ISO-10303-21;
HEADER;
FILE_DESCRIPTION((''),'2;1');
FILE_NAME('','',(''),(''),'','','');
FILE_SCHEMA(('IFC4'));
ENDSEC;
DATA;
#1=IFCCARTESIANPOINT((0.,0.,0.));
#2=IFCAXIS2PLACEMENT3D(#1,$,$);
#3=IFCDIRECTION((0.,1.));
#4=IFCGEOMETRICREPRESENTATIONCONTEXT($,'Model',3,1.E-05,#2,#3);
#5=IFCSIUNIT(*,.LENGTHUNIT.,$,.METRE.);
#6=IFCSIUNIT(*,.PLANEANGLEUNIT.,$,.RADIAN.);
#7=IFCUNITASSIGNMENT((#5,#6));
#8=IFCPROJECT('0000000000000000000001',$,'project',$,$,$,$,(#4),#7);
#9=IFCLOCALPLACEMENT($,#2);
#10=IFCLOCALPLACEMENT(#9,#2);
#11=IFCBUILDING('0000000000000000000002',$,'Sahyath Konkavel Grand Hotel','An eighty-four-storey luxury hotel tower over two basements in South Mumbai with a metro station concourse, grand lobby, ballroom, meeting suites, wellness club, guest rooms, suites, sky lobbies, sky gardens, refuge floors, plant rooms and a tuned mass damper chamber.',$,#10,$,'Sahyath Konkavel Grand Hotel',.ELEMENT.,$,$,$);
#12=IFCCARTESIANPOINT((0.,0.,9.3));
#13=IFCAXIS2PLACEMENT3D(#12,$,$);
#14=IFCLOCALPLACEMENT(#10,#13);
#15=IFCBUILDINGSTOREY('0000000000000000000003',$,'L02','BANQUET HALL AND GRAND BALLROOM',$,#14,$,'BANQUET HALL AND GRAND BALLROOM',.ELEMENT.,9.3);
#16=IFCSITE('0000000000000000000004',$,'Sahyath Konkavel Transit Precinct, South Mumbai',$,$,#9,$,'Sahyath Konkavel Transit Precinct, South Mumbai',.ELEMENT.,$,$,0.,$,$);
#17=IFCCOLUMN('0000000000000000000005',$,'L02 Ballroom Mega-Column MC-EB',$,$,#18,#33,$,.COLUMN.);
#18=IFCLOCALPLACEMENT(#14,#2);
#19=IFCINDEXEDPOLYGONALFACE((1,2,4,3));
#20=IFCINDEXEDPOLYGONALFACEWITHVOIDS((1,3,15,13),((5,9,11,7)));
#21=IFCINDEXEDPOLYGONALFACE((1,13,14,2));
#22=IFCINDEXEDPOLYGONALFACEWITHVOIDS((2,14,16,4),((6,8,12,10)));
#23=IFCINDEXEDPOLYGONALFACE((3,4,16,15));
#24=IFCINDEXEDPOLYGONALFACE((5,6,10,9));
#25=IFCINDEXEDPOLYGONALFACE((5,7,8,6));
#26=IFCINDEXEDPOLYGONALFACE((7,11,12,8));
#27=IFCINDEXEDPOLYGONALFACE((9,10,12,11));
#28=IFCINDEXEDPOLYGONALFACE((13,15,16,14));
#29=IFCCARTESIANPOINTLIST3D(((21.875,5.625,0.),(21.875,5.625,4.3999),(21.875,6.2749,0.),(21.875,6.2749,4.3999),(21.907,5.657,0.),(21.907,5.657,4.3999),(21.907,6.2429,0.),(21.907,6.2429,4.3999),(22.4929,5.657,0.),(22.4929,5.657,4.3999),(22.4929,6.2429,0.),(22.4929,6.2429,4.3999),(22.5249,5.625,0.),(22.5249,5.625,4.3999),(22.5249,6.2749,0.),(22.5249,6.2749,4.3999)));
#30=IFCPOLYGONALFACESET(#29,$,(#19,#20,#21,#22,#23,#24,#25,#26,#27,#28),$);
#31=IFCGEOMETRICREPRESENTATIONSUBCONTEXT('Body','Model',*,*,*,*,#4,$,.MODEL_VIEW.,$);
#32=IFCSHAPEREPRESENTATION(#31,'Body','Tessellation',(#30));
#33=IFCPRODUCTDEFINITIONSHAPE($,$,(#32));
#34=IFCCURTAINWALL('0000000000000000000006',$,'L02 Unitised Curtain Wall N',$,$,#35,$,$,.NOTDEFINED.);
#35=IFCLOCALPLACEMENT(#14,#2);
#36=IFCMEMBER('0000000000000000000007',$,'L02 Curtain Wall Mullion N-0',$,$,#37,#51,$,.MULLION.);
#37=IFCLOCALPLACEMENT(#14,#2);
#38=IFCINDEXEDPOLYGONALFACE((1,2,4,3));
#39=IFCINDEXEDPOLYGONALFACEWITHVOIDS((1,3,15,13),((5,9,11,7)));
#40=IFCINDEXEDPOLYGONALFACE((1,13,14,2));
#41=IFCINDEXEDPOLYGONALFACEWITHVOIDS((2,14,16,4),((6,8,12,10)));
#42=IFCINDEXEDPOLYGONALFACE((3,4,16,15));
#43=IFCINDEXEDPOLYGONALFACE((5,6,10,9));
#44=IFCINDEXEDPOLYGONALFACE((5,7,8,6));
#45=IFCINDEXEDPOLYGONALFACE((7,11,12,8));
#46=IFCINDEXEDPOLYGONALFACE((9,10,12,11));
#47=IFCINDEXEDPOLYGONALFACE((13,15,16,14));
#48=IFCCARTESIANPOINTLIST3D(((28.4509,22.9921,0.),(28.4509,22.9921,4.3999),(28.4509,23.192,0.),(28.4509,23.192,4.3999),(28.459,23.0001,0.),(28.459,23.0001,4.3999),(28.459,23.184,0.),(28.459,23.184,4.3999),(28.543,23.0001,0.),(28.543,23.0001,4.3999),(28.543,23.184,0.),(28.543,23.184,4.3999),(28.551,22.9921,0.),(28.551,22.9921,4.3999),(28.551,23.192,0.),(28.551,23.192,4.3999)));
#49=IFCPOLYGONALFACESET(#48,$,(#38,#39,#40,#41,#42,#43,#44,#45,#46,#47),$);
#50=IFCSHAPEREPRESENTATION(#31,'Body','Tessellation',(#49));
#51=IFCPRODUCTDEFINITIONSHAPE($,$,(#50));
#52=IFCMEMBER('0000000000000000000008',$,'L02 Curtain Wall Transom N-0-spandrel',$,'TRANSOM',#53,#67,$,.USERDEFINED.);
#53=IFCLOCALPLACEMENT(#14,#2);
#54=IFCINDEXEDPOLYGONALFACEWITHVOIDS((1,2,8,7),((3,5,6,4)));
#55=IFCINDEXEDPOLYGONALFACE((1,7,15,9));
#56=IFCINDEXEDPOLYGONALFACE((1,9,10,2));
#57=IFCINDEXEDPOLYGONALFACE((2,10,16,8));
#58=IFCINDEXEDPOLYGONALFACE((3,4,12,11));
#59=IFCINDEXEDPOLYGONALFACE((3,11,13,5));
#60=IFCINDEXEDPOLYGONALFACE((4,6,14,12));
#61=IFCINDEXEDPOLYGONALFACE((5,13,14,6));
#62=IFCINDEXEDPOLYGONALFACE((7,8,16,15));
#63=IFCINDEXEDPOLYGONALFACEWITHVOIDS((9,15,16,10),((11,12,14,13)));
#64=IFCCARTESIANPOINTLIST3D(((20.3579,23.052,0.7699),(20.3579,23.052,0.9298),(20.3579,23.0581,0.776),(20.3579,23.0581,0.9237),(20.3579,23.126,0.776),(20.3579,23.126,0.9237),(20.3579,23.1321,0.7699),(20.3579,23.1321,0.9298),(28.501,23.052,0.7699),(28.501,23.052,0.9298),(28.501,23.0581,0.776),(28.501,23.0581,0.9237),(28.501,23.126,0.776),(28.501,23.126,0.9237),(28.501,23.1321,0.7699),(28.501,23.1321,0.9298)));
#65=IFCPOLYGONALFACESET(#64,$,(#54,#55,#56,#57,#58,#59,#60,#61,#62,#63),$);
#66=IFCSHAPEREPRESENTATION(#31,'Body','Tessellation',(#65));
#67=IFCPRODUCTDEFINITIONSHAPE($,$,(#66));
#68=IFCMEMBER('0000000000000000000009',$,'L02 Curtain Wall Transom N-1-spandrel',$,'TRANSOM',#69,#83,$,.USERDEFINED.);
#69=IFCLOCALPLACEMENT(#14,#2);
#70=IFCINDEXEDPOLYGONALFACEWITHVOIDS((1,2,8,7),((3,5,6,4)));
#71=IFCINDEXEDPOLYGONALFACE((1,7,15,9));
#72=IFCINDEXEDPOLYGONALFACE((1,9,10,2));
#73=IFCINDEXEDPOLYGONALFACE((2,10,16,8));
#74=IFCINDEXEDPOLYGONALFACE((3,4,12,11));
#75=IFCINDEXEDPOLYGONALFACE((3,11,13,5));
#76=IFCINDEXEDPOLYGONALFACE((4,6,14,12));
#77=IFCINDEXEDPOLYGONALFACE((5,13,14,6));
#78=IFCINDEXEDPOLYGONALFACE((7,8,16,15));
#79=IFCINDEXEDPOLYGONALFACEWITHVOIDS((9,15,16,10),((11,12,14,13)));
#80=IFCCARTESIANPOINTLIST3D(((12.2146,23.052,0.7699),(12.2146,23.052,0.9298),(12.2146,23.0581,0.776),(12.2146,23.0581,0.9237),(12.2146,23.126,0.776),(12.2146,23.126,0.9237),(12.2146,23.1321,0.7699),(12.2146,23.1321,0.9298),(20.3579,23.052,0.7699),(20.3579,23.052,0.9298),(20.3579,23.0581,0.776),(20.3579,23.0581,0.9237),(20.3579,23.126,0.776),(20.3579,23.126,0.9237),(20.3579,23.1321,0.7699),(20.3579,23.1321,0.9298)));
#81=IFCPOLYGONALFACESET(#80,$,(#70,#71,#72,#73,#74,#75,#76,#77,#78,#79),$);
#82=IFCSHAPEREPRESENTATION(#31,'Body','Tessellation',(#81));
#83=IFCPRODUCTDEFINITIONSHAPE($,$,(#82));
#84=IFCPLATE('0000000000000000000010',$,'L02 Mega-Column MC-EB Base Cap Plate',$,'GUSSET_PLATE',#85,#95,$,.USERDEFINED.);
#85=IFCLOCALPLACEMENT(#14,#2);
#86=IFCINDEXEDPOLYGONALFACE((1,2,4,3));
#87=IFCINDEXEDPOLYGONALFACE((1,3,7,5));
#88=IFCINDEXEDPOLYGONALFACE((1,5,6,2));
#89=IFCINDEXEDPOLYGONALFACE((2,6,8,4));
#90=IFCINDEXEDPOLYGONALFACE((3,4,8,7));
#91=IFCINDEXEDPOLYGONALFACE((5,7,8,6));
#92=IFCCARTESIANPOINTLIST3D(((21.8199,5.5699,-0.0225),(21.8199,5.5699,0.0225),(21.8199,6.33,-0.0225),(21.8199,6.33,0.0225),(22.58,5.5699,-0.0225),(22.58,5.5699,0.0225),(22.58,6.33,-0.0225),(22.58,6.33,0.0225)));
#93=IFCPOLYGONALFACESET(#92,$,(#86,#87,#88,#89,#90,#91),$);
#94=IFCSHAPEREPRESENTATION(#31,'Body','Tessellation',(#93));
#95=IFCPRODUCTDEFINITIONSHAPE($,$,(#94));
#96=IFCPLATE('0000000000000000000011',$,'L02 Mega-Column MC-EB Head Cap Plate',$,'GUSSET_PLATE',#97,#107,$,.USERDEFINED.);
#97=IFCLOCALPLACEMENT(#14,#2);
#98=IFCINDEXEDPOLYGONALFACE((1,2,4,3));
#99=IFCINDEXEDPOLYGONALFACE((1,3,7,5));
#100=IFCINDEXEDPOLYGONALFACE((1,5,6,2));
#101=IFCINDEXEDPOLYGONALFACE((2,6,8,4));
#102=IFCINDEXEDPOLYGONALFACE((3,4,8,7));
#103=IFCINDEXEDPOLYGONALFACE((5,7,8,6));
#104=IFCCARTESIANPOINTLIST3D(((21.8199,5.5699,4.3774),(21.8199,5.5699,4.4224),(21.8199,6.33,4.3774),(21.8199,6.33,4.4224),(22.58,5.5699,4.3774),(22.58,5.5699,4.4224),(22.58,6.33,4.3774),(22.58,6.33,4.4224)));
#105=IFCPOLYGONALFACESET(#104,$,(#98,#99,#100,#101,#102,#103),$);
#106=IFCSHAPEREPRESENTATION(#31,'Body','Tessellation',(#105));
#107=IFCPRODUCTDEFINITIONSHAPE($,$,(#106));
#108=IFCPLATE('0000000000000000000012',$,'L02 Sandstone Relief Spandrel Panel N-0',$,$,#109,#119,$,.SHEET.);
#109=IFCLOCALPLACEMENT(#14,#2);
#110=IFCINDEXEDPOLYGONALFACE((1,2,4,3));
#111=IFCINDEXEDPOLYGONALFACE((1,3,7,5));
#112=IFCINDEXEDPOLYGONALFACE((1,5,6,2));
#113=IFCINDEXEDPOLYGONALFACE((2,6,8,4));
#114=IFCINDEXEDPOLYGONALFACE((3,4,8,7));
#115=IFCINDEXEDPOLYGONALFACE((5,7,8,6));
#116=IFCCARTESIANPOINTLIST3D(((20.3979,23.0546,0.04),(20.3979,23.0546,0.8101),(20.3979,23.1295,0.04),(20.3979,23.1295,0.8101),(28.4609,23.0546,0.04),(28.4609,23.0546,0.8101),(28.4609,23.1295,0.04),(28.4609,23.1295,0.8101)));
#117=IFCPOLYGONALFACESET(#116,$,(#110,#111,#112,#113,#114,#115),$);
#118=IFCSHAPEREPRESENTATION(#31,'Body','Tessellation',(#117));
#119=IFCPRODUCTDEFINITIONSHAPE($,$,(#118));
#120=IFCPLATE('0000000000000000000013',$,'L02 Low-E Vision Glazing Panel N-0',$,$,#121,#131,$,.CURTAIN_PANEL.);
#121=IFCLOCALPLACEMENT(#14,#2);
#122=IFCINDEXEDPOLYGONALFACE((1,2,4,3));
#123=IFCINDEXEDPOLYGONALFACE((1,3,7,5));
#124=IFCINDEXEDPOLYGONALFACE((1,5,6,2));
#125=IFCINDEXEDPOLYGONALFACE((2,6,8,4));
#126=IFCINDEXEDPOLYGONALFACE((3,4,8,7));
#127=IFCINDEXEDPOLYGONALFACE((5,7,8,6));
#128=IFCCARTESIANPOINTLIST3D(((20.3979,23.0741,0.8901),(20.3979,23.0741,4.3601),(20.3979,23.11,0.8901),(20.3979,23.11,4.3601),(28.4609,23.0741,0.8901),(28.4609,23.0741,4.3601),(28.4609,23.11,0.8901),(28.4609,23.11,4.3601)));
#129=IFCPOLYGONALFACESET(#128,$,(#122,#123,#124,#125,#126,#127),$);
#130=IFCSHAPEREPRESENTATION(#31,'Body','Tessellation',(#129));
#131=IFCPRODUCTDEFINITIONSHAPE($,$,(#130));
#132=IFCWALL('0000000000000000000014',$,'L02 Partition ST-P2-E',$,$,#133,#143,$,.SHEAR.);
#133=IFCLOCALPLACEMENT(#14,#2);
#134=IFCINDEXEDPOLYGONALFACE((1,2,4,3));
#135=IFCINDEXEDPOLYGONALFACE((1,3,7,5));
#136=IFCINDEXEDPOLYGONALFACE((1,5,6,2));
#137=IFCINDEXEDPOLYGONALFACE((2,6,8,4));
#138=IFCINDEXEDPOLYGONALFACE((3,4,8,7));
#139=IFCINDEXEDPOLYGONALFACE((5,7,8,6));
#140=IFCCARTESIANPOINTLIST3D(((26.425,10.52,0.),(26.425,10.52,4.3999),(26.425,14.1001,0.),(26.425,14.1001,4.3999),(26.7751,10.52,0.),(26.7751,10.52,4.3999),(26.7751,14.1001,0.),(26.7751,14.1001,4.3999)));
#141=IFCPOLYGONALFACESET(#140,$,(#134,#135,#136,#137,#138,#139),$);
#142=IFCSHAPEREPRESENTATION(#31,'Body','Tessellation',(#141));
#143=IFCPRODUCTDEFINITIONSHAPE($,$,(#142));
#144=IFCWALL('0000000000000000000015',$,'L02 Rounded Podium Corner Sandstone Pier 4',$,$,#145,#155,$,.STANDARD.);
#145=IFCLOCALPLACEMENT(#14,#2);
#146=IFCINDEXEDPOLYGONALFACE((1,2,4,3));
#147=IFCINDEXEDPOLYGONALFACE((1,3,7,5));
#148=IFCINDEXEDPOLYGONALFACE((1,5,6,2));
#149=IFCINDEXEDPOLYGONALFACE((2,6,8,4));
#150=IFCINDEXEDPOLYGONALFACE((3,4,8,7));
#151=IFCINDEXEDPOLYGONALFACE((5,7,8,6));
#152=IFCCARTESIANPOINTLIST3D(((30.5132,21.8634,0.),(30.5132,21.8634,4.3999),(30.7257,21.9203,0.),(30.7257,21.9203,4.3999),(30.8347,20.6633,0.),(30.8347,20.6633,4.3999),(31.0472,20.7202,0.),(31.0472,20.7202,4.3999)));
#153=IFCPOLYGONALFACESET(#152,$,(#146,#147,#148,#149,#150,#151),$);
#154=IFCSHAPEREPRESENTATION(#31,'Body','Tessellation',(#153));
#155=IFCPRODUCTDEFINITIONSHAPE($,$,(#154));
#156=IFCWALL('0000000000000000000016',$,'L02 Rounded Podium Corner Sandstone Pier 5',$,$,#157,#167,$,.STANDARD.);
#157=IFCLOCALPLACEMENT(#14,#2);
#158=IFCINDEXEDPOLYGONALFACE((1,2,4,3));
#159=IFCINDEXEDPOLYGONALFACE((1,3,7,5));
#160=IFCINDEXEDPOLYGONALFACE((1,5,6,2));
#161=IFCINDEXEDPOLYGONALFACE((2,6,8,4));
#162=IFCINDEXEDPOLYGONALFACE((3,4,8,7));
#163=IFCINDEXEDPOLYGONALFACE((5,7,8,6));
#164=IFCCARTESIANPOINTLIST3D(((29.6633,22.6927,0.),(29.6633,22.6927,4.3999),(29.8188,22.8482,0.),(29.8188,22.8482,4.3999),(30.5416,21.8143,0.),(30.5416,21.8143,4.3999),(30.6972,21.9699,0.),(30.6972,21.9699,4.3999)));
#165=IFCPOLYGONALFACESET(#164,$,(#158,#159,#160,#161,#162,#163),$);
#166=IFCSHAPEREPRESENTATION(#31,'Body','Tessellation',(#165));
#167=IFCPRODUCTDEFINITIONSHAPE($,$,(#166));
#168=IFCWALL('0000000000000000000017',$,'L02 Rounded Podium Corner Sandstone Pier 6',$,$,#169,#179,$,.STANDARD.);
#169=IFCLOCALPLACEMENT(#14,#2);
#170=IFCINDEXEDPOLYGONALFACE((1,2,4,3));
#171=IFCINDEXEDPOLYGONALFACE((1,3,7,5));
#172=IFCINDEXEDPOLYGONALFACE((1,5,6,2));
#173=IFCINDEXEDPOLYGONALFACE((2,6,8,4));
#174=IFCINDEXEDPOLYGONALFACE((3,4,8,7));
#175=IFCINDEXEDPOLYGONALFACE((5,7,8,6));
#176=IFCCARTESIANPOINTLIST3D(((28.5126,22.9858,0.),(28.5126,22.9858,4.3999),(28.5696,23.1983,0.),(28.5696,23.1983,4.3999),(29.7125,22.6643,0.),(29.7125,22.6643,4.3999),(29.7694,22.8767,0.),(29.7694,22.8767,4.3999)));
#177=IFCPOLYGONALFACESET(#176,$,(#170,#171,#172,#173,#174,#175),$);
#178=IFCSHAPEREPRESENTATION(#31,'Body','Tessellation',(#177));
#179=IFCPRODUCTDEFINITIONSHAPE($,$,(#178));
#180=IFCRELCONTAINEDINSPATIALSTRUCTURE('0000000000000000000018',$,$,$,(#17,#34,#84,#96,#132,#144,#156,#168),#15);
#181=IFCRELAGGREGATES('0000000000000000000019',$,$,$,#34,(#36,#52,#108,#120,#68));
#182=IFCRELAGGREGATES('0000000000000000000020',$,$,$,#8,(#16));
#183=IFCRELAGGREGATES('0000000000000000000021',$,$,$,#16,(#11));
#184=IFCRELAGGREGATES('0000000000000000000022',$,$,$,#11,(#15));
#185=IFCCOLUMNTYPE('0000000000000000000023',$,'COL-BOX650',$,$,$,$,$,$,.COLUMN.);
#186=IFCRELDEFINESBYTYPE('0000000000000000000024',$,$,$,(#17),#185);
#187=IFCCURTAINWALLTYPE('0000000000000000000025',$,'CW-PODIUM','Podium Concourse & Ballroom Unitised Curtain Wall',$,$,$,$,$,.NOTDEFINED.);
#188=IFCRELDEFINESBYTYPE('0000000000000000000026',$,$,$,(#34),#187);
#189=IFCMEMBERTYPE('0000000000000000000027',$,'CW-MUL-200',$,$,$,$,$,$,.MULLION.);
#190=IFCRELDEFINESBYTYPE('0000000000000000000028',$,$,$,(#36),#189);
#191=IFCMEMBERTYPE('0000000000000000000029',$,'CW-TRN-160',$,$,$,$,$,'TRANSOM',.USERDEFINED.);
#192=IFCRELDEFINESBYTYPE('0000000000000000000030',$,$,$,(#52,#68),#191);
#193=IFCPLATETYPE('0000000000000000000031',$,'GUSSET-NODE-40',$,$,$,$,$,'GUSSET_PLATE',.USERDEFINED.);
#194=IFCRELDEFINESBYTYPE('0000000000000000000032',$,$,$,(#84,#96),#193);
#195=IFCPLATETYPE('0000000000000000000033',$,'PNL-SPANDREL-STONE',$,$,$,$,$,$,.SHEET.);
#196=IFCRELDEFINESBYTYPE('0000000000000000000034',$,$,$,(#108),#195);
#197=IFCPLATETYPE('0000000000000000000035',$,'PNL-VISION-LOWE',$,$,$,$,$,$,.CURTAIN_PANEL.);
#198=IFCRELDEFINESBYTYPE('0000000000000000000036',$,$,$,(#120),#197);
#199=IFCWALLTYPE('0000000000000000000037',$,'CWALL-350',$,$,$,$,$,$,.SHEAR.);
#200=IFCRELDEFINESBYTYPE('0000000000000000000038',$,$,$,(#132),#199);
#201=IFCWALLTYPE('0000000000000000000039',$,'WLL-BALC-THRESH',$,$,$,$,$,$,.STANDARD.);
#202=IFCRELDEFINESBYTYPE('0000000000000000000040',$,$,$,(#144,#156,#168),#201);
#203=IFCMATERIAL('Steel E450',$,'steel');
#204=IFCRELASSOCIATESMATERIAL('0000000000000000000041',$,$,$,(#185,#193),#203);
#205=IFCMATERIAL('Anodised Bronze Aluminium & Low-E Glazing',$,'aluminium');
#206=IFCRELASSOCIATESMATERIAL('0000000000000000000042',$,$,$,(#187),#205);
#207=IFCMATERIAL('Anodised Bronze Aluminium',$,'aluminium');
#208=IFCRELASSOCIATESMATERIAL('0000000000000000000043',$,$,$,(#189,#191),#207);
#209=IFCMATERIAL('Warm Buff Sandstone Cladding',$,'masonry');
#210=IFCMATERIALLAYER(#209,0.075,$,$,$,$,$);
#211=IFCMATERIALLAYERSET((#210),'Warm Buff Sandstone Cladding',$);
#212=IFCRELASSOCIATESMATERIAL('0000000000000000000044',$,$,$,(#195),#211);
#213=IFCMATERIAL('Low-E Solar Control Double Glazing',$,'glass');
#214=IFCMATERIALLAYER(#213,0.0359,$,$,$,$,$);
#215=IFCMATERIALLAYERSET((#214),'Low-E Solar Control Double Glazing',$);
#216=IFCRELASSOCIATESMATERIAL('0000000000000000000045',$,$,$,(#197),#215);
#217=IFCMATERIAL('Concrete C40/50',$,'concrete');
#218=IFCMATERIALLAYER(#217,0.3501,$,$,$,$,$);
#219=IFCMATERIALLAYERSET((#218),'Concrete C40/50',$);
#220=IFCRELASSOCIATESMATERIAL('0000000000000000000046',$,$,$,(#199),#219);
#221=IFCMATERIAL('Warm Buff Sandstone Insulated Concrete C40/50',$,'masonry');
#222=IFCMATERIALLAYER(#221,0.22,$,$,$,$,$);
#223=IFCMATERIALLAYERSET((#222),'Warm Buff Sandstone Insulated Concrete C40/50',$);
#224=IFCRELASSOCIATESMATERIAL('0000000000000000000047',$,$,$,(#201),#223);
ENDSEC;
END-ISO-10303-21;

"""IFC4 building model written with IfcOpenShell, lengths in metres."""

from ifc_helpers import new_model, si_unit, direction, frame, frame_2d, origin, origin_2d, place, context, subcontext, project, spatial, rectangle, hollow_rectangle, extrude, source, transform, mapped, material, layer, layer_set, material_profile, profile_set, type_object, element, aggregate, save


model = new_model("IFC4")

# Units and contexts
model_context = context("Model", 3, precision=1e-05, world=origin(), true_north=direction((0.0, 1.0)))
body_context = subcontext(model_context, "Body", "Model", "MODEL_VIEW")
ifc_project = project(units=[si_unit("LENGTHUNIT", "METRE"), si_unit("PLANEANGLEUNIT", "RADIAN")], contexts=[model_context])

# Site, building, storey
site_placement = place(None, origin())
site = spatial("IfcSite", under=ifc_project, at=site_placement, Name="Sahyath Konkavel Transit Precinct, South Mumbai", LongName="Sahyath Konkavel Transit Precinct, South Mumbai", CompositionType="ELEMENT", RefElevation=0.0)
building_placement = place(site_placement, origin())
building = spatial("IfcBuilding", under=site, at=building_placement, Name="Sahyath Konkavel Grand Hotel", Description="An eighty-four-storey luxury hotel tower over two basements in South Mumbai with a metro station concourse, grand lobby, ballroom, meeting suites, wellness club, guest rooms, suites, sky lobbies, sky gardens, refuge floors, plant rooms and a tuned mass damper chamber.", LongName="Sahyath Konkavel Grand Hotel", CompositionType="ELEMENT")
storey_placement = place(building_placement, frame((0.0, 0.0, 9.3)))
storey = spatial("IfcBuildingStorey", under=building, at=storey_placement, Name="L02", Description="BANQUET HALL AND GRAND BALLROOM", LongName="BANQUET HALL AND GRAND BALLROOM", CompositionType="ELEMENT", Elevation=9.3)

# Column
ifc_material_1 = material(Name="Steel E450", Category="steel")
ifc_material_profile_1 = material_profile(ifc_material_1, hollow_rectangle(XDim=0.6499, YDim=0.6499, WallThickness=0.032, at=origin_2d()), Name="BOX 650x650x32")
ifc_profile_set_1 = profile_set([ifc_material_profile_1], Name="Steel E450")
column_type = type_object("IfcColumnType", Name="COL-BOX650", PredefinedType="COLUMN", material=ifc_profile_set_1)
shared_shape_1 = source(origin(), body_context, "Body", "SweptSolid", [
    extrude(hollow_rectangle(XDim=0.6499, YDim=0.6499, WallThickness=0.032, at=origin_2d()), origin(), (0.0, 0.0, 1.0), 4.3999),
])
column_placement = place(storey_placement, frame((22.2, 5.95, 0.0), z_axis=(0.0, 0.0, 1.0), x_axis=(1.0, 0.0, 0.0)))
element("IfcColumn", 1, at=column_placement, inside=storey, type_object=column_type, Name="L02 Ballroom Mega-Column MC-EB", PredefinedType="COLUMN", context=body_context, shape_type="MappedRepresentation", body=[
    mapped(shared_shape_1, transform((0.0, 0.0, 0.0), scale=1.0)),
])

# Curtain wall, members
ifc_material_2 = material(Name="Anodised Bronze Aluminium & Low-E Glazing", Category="aluminium")
curtain_wall_type = type_object("IfcCurtainWallType", Name="CW-PODIUM", Description="Podium Concourse & Ballroom Unitised Curtain Wall", PredefinedType="NOTDEFINED", material=ifc_material_2)
curtain_wall_placement = place(storey_placement, origin())
curtain_wall = element("IfcCurtainWall", 2, at=curtain_wall_placement, inside=storey, type_object=curtain_wall_type, Name="L02 Unitised Curtain Wall N", PredefinedType="NOTDEFINED")
ifc_material_3 = material(Name="Anodised Bronze Aluminium", Category="aluminium")
ifc_material_profile_2 = material_profile(ifc_material_3, hollow_rectangle(XDim=0.1001, YDim=0.2, WallThickness=0.0081, at=origin_2d()), Name="RHS 200x100x8")
ifc_profile_set_2 = profile_set([ifc_material_profile_2], Name="Anodised Bronze Aluminium")
member_type_1 = type_object("IfcMemberType", Name="CW-MUL-200", PredefinedType="MULLION", material=ifc_profile_set_2)
shared_shape_2 = source(origin(), body_context, "Body", "SweptSolid", [
    extrude(hollow_rectangle(XDim=0.1001, YDim=0.2, WallThickness=0.0081, at=origin_2d()), origin(), (0.0, 0.0, 1.0), 4.3999),
])
member_1_placement = place(storey_placement, frame((28.501, 23.092, 0.0), z_axis=(0.0, 0.0, 1.0), x_axis=(1.0, 0.0, 0.0)))
member_1 = element("IfcMember", 3, at=member_1_placement, type_object=member_type_1, Name="L02 Curtain Wall Mullion N-0", PredefinedType="MULLION", context=body_context, shape_type="MappedRepresentation", body=[
    mapped(shared_shape_2, transform((0.0, 0.0, 0.0), scale=1.0)),
])
ifc_material_profile_3 = material_profile(ifc_material_3, hollow_rectangle(XDim=0.0801, YDim=0.1599, WallThickness=0.0061, at=origin_2d()), Name="RHS 160x80x6")
ifc_profile_set_3 = profile_set([ifc_material_profile_3], Name="Anodised Bronze Aluminium")
member_type_2 = type_object("IfcMemberType", Name="CW-TRN-160", ElementType="TRANSOM", PredefinedType="USERDEFINED", material=ifc_profile_set_3)
shared_shape_3 = source(origin(), body_context, "Body", "SweptSolid", [
    extrude(hollow_rectangle(XDim=0.0801, YDim=0.1599, WallThickness=0.0061, at=origin_2d()), origin(), (0.0, 0.0, 1.0), 8.1431),
])
member_2_placement = place(storey_placement, frame((28.501, 23.092, 0.8499), z_axis=(-1.0, 0.0, 0.0), x_axis=(0.0, -1.0, 0.0)))
member_2 = element("IfcMember", 4, at=member_2_placement, type_object=member_type_2, Name="L02 Curtain Wall Transom N-0-spandrel", ObjectType="TRANSOM", PredefinedType="USERDEFINED", context=body_context, shape_type="MappedRepresentation", body=[
    mapped(shared_shape_3, transform((0.0, 0.0, 0.0), scale=1.0)),
])
shared_shape_4 = source(origin(), body_context, "Body", "SweptSolid", [
    extrude(hollow_rectangle(XDim=0.0801, YDim=0.1599, WallThickness=0.0061, at=origin_2d()), origin(), (0.0, 0.0, 1.0), 8.1433),
])
member_3_placement = place(storey_placement, frame((20.3579, 23.092, 0.8499), z_axis=(-1.0, 0.0, 0.0), x_axis=(0.0, -1.0, 0.0)))
member_3 = element("IfcMember", 5, at=member_3_placement, type_object=member_type_2, Name="L02 Curtain Wall Transom N-1-spandrel", ObjectType="TRANSOM", PredefinedType="USERDEFINED", context=body_context, shape_type="MappedRepresentation", body=[
    mapped(shared_shape_4, transform((0.0, 0.0, 0.0), scale=1.0)),
])

# Plates
plate_type_1 = type_object("IfcPlateType", Name="GUSSET-NODE-40", ElementType="GUSSET_PLATE", PredefinedType="USERDEFINED", material=ifc_material_1)
shared_shape_5 = source(origin(), body_context, "Body", "SweptSolid", [
    extrude(rectangle(XDim=0.76, YDim=0.76, at=origin_2d()), origin(), (0.0, 0.0, 1.0), 0.0449),
])
for number, where, z_axis, x_axis, name in (
    (6, (22.2, 5.95, -0.0225), (0.0, 0.0, 1.0), (1.0, 0.0, 0.0), "L02 Mega-Column MC-EB Base Cap Plate"),
    (7, (22.2, 5.95, 4.3774), (0.0, 0.0, 1.0), (1.0, 0.0, 0.0), "L02 Mega-Column MC-EB Head Cap Plate"),
):
    element("IfcPlate", number, at=place(storey_placement, frame(where, z_axis=z_axis, x_axis=x_axis)), inside=storey, type_object=plate_type_1, Name=name, ObjectType="GUSSET_PLATE", PredefinedType="USERDEFINED", context=body_context, shape_type="MappedRepresentation", body=[
        mapped(shared_shape_5, transform((0.0, 0.0, 0.0), scale=1.0)),
    ])

# Plates
ifc_material_4 = material(Name="Warm Buff Sandstone Cladding", Category="masonry")
ifc_layer_1 = layer(ifc_material_4, 0.075)
ifc_layer_set_1 = layer_set([ifc_layer_1], Name="Warm Buff Sandstone Cladding")
plate_type_2 = type_object("IfcPlateType", Name="PNL-SPANDREL-STONE", PredefinedType="SHEET", material=ifc_layer_set_1)
shared_shape_6 = source(origin(), body_context, "Body", "SweptSolid", [
    extrude(rectangle(XDim=8.063, YDim=0.075, at=origin_2d()), origin(), (0.0, 0.0, 1.0), 0.77),
])
plate_1_placement = place(storey_placement, frame((24.4294, 23.092, 0.04), z_axis=(0.0, 0.0, 1.0), x_axis=(-1.0, 0.0, 0.0)))
plate_1 = element("IfcPlate", 8, at=plate_1_placement, type_object=plate_type_2, Name="L02 Sandstone Relief Spandrel Panel N-0", PredefinedType="SHEET", context=body_context, shape_type="MappedRepresentation", body=[
    mapped(shared_shape_6, transform((0.0, 0.0, 0.0), scale=1.0)),
])
ifc_material_5 = material(Name="Low-E Solar Control Double Glazing", Category="glass")
ifc_layer_2 = layer(ifc_material_5, 0.0359)
ifc_layer_set_2 = layer_set([ifc_layer_2], Name="Low-E Solar Control Double Glazing")
plate_type_3 = type_object("IfcPlateType", Name="PNL-VISION-LOWE", PredefinedType="CURTAIN_PANEL", material=ifc_layer_set_2)
shared_shape_7 = source(origin(), body_context, "Body", "SweptSolid", [
    extrude(rectangle(XDim=8.063, YDim=0.0359, at=origin_2d()), origin(), (0.0, 0.0, 1.0), 3.47),
])
plate_2_placement = place(storey_placement, frame((24.4294, 23.092, 0.8901), z_axis=(0.0, 0.0, 1.0), x_axis=(-1.0, 0.0, 0.0)))
plate_2 = element("IfcPlate", 9, at=plate_2_placement, type_object=plate_type_3, Name="L02 Low-E Vision Glazing Panel N-0", PredefinedType="CURTAIN_PANEL", context=body_context, shape_type="MappedRepresentation", body=[
    mapped(shared_shape_7, transform((0.0, 0.0, 0.0), scale=1.0)),
])
aggregate(curtain_wall, [member_1, member_2, plate_1, plate_2, member_3])

# Walls
ifc_material_6 = material(Name="Concrete C40/50", Category="concrete")
ifc_layer_3 = layer(ifc_material_6, 0.3501)
ifc_layer_set_3 = layer_set([ifc_layer_3], Name="Concrete C40/50")
wall_type_1 = type_object("IfcWallType", Name="CWALL-350", PredefinedType="SHEAR", material=ifc_layer_set_3)
wall_1_placement = place(storey_placement, frame((26.6001, 10.52, 0.0), z_axis=(0.0, 0.0, 1.0), x_axis=(0.0, 1.0, 0.0)))
element("IfcWall", 10, at=wall_1_placement, inside=storey, type_object=wall_type_1, Name="L02 Partition ST-P2-E", PredefinedType="SHEAR", context=body_context, shape_type="SweptSolid", body=[
    extrude(rectangle(XDim=3.5801, YDim=0.3501, at=frame_2d((1.79, 0.0))), origin(), (0.0, 0.0, 1.0), 4.3999),
])
ifc_material_7 = material(Name="Warm Buff Sandstone Insulated Concrete C40/50", Category="masonry")
ifc_layer_4 = layer(ifc_material_7, 0.22)
ifc_layer_set_4 = layer_set([ifc_layer_4], Name="Warm Buff Sandstone Insulated Concrete C40/50")
wall_type_2 = type_object("IfcWallType", Name="WLL-BALC-THRESH", PredefinedType="STANDARD", material=ifc_layer_set_4)
wall_2_placement = place(storey_placement, frame((30.9409, 20.6919, 0.0), z_axis=(0.0, 0.0, 1.0), x_axis=(-0.258775, 0.965938, 0.0)))
element("IfcWall", 11, at=wall_2_placement, inside=storey, type_object=wall_type_2, Name="L02 Rounded Podium Corner Sandstone Pier 4", PredefinedType="STANDARD", context=body_context, shape_type="SweptSolid", body=[
    extrude(rectangle(XDim=1.2424, YDim=0.22, at=frame_2d((0.6211, 0.0))), origin(), (0.0, 0.0, 1.0), 4.3999),
])
for number, where, z_axis, x_axis, name in (
    (12, (30.6194, 21.8921, 0.0), (0.0, 0.0, 1.0), (-0.707107, 0.707107, 0.0), "L02 Rounded Podium Corner Sandstone Pier 5"),
    (13, (29.741, 22.7705, 0.0), (0.0, 0.0, 1.0), (-0.965924, 0.258824, 0.0), "L02 Rounded Podium Corner Sandstone Pier 6"),
):
    element("IfcWall", number, at=place(storey_placement, frame(where, z_axis=z_axis, x_axis=x_axis)), inside=storey, type_object=wall_type_2, Name=name, PredefinedType="STANDARD", context=body_context, shape_type="SweptSolid", body=[
        extrude(rectangle(XDim=1.2422, YDim=0.22, at=frame_2d((0.6211, 0.0))), origin(), (0.0, 0.0, 1.0), 4.3999),
    ])

save(model, "model.ifc")
